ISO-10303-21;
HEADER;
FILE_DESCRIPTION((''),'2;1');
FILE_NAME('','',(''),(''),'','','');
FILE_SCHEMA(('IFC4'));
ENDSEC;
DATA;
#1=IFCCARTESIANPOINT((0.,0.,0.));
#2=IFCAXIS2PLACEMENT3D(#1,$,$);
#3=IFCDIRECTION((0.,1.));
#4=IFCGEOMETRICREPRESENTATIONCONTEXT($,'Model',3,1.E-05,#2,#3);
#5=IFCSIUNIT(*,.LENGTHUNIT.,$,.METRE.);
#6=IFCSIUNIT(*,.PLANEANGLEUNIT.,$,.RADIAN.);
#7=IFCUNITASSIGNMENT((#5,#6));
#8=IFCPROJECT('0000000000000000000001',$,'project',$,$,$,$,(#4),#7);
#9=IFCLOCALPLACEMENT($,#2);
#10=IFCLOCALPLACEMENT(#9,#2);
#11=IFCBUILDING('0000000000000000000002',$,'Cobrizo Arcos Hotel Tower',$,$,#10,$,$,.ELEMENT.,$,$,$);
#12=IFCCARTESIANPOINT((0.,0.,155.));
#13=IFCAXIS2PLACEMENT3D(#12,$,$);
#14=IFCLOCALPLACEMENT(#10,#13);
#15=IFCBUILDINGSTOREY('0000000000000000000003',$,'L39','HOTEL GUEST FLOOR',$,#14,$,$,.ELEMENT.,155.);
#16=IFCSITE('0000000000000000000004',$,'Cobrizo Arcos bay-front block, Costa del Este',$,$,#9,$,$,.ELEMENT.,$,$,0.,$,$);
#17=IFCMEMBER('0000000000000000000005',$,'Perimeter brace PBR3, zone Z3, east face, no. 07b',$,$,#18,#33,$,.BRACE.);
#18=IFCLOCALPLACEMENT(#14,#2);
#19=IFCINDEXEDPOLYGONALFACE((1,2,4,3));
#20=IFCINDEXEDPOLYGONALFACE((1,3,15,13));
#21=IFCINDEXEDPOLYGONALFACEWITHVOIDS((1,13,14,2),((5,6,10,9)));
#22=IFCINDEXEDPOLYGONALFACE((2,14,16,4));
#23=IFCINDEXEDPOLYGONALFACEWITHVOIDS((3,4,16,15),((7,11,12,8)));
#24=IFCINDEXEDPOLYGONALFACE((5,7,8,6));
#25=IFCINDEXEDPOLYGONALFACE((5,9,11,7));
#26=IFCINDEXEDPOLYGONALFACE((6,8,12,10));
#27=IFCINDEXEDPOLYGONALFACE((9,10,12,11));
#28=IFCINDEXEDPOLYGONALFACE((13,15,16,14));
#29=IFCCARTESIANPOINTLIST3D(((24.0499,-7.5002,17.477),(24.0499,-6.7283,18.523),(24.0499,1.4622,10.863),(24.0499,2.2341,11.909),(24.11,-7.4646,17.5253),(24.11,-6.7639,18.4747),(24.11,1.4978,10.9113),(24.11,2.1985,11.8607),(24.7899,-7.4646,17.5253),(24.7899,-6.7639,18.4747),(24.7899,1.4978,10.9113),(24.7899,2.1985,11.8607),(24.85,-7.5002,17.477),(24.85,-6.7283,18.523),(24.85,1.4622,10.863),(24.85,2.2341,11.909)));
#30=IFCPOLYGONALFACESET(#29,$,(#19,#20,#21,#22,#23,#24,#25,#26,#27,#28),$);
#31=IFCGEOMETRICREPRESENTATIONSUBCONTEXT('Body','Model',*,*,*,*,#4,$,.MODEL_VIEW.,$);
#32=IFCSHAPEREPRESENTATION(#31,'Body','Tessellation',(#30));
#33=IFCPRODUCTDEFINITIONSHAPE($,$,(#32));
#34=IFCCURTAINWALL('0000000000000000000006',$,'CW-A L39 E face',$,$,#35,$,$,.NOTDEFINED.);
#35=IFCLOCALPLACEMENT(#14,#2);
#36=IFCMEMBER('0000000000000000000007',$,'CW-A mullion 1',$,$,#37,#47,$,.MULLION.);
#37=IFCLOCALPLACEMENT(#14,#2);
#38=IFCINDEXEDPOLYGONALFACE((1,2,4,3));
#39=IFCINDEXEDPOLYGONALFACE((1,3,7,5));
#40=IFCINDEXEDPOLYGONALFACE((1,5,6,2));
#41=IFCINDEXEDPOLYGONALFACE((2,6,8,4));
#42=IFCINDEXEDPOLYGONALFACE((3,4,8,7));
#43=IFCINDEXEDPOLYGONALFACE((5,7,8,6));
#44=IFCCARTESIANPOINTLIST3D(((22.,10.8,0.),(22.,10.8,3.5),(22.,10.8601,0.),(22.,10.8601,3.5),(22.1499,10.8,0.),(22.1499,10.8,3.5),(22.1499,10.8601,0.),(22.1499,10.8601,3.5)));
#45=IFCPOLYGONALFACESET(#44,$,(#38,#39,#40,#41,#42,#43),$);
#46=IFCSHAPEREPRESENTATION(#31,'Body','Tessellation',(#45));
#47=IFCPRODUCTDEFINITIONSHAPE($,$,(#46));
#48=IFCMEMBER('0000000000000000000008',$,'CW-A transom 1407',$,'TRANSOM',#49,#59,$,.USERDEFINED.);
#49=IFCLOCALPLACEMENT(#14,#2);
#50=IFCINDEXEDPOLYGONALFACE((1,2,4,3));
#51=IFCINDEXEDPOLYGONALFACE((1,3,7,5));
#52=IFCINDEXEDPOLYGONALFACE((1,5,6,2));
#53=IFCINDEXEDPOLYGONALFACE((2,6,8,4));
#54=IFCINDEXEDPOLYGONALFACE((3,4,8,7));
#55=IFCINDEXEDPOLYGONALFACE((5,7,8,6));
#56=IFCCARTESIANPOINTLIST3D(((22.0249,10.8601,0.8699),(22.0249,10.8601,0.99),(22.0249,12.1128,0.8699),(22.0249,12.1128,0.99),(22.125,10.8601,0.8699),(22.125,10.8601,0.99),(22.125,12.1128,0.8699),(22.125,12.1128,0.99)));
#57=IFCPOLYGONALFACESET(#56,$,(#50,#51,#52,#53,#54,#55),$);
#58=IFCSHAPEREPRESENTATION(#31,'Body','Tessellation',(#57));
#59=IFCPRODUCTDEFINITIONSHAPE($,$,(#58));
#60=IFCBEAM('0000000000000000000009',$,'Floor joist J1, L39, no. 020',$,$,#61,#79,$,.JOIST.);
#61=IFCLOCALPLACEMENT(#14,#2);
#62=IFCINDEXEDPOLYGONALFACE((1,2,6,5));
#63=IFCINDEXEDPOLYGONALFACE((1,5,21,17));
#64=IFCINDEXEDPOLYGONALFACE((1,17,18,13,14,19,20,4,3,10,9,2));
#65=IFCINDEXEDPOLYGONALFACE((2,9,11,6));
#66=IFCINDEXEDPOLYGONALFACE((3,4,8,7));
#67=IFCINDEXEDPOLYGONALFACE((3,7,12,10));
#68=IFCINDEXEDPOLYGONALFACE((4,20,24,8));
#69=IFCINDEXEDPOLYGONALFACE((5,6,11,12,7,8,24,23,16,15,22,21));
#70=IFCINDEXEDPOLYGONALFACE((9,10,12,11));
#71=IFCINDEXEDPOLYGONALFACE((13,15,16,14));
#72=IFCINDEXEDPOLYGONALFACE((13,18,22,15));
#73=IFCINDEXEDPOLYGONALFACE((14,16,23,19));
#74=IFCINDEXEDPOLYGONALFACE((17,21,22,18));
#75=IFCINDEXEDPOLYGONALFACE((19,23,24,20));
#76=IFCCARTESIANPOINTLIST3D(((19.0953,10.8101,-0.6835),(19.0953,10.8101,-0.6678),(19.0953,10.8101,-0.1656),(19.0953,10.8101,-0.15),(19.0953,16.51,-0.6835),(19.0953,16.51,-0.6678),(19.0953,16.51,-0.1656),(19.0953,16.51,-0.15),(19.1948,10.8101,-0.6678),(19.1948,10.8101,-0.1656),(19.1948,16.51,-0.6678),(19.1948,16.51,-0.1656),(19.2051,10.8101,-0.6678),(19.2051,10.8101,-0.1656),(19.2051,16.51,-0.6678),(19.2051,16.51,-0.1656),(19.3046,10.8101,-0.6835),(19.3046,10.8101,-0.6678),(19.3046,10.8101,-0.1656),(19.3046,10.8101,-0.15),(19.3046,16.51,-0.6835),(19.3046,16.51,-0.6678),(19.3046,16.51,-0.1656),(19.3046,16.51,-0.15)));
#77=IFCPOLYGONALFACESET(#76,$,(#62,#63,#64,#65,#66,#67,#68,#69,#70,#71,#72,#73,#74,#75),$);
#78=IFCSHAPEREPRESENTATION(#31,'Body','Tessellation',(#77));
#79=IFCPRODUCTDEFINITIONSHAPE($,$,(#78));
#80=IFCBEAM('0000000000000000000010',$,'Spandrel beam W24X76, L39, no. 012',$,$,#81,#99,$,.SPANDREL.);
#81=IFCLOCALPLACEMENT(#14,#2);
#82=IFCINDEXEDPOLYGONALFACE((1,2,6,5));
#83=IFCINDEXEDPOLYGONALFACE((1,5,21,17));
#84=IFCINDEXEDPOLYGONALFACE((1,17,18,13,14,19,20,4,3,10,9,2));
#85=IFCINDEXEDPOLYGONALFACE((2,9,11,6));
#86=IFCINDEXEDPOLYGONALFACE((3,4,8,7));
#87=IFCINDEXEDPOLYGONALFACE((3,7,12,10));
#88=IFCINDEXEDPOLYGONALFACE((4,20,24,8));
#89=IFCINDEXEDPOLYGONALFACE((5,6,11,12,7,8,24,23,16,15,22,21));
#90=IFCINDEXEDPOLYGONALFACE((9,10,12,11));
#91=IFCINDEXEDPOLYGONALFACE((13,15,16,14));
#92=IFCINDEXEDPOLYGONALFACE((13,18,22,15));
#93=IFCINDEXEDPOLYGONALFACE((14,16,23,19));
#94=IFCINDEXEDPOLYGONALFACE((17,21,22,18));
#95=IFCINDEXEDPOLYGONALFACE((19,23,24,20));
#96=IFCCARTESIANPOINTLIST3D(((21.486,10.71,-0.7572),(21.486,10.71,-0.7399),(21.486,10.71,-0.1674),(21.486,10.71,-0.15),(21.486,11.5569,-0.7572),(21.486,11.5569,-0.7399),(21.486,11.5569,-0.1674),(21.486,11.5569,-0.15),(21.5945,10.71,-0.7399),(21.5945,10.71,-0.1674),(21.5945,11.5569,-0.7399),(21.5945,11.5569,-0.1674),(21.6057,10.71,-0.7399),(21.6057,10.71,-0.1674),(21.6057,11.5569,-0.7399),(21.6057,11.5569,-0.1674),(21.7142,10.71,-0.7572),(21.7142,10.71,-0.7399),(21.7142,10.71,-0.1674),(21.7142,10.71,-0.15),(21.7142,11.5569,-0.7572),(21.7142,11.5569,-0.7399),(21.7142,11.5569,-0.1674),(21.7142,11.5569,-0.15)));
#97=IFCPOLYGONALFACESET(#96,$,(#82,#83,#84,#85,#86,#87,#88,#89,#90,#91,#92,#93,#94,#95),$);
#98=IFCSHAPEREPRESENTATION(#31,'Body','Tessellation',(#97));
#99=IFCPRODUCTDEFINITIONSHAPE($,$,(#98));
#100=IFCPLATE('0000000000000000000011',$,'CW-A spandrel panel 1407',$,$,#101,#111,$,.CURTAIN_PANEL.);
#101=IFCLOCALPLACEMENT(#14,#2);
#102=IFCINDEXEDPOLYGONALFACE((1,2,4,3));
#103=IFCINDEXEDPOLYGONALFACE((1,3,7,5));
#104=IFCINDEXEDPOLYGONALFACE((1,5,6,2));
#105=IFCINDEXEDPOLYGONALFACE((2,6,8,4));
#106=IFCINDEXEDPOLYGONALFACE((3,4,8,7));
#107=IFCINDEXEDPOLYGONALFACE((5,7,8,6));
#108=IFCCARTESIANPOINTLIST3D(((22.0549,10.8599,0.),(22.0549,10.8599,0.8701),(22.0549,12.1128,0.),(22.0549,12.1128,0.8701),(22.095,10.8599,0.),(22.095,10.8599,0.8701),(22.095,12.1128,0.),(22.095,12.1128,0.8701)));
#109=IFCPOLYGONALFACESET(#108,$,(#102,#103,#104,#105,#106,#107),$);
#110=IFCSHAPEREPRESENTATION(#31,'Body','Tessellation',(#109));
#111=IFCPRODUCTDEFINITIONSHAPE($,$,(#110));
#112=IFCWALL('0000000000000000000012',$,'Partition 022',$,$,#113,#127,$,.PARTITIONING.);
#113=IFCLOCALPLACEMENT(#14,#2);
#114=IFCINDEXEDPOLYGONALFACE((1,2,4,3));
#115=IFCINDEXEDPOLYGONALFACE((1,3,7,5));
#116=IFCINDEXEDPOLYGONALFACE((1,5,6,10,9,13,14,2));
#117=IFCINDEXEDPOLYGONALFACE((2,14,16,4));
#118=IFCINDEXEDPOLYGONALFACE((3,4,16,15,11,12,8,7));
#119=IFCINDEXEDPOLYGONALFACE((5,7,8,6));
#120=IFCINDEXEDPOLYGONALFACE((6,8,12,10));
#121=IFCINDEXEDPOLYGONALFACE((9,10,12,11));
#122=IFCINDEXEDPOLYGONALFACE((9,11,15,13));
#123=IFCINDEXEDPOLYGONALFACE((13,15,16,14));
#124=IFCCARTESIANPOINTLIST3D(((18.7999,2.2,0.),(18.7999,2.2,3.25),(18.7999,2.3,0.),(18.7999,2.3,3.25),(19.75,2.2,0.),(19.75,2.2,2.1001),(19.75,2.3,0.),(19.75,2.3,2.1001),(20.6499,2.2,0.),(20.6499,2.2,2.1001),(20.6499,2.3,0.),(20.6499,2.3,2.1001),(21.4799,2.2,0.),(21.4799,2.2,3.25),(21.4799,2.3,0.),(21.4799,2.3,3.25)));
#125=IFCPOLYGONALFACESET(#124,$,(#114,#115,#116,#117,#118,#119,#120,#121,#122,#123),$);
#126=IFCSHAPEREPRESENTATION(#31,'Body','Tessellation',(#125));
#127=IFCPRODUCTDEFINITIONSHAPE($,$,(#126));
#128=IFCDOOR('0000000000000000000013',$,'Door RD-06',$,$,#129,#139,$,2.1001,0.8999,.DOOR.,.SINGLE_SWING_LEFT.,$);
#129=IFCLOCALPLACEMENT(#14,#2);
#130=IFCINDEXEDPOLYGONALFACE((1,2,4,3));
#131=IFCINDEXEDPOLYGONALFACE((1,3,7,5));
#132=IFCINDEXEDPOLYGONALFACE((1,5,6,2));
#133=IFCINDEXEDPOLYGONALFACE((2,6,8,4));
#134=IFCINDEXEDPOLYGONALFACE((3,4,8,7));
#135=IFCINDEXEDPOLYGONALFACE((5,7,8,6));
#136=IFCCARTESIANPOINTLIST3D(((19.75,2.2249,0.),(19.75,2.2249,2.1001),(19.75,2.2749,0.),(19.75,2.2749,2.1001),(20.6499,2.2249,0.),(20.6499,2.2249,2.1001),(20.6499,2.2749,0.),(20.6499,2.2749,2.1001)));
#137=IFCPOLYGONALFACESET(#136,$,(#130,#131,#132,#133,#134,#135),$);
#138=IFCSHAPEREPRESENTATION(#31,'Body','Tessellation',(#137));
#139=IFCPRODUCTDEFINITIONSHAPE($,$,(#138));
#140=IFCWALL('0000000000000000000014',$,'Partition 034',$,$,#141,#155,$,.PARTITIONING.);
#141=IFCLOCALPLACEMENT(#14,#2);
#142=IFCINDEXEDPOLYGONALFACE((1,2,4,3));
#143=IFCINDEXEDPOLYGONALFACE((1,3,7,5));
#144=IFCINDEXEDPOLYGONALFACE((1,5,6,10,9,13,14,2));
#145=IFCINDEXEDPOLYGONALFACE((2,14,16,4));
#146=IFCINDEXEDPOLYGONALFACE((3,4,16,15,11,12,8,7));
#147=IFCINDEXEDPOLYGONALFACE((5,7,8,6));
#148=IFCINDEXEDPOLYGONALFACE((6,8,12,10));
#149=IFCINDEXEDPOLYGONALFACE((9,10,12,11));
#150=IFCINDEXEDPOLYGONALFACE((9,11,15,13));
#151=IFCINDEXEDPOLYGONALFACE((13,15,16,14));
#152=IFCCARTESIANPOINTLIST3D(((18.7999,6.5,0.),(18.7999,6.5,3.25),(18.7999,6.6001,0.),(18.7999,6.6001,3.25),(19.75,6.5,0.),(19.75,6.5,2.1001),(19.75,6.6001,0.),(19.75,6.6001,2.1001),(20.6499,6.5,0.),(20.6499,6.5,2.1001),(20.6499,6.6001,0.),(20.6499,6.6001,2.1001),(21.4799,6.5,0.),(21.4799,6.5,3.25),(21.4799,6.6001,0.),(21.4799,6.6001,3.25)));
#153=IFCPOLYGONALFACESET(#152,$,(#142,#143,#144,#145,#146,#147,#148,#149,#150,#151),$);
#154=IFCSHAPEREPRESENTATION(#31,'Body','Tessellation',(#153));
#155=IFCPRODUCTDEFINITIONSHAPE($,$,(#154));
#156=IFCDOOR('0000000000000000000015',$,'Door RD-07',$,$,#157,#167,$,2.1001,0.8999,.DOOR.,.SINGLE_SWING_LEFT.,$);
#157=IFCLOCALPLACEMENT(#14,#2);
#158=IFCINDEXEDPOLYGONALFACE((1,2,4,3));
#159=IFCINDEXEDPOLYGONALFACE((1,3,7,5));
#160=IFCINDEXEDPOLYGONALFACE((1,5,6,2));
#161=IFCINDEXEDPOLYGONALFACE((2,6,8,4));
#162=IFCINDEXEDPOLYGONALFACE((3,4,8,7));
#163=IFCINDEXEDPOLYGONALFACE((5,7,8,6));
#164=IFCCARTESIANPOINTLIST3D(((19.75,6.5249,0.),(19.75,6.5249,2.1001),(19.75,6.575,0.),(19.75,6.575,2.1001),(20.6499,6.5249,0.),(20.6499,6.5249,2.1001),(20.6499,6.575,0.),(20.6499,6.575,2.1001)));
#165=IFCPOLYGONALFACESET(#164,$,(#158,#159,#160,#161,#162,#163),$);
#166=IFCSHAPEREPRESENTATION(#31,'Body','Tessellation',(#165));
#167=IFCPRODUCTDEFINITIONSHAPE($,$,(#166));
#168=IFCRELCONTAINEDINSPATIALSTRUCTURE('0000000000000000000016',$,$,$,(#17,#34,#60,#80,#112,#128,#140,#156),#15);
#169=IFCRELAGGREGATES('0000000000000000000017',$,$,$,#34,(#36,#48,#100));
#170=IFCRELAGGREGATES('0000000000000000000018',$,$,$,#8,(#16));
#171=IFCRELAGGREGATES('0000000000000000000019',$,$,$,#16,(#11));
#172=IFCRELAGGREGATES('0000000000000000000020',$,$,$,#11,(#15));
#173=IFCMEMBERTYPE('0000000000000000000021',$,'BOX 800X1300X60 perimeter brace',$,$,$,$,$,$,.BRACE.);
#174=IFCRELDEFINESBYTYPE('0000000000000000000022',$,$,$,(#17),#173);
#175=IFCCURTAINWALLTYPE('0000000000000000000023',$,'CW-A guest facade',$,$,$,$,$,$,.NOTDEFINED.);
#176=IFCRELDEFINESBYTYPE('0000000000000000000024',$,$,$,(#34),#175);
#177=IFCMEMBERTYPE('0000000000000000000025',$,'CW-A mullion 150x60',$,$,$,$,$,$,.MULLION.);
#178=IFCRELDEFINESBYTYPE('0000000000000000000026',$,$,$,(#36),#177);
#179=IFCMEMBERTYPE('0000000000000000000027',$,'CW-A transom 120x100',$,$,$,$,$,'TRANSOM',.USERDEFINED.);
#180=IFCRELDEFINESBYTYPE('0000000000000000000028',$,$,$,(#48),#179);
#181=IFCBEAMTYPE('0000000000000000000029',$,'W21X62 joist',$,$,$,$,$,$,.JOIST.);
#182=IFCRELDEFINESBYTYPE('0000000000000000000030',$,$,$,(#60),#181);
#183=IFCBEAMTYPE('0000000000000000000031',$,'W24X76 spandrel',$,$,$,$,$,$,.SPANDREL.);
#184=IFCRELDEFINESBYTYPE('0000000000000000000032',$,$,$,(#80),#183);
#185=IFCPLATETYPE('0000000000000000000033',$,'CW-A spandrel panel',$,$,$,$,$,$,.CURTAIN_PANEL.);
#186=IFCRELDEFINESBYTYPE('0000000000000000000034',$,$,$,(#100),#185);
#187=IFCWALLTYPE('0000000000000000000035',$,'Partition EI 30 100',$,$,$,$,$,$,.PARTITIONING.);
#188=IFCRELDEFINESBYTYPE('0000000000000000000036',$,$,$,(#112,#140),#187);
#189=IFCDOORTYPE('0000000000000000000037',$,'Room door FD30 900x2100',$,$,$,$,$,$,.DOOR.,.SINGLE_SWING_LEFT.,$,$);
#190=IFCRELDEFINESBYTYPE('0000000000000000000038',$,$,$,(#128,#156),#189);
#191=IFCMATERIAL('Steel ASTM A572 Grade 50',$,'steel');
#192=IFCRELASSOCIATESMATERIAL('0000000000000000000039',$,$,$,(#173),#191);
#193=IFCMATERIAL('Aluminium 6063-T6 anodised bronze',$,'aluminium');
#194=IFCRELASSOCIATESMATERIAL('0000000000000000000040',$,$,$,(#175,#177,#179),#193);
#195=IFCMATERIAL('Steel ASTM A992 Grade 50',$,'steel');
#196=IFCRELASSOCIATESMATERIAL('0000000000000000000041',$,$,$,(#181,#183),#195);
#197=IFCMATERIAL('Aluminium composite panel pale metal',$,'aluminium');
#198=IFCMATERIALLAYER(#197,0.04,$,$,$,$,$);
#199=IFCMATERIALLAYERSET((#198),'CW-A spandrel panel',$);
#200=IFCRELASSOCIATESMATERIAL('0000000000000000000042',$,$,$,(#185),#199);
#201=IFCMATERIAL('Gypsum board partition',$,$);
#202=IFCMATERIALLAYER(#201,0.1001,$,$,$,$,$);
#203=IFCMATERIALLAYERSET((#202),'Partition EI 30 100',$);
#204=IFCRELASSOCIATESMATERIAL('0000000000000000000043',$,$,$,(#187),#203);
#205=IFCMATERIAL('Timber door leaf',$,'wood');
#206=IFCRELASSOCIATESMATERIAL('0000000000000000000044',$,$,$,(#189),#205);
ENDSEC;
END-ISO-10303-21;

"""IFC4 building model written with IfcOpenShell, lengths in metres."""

from ifc_helpers import new_model, si_unit, direction, frame, frame_2d, origin, origin_2d, place, context, subcontext, project, spatial, rectangle, hollow_rectangle, i_section, extrude, material, layer, layer_set, material_profile, profile_set, type_object, element, fill, aggregate, save


model = new_model("IFC4")

# Units and contexts
model_context = context("Model", 3, precision=1e-05, world=origin(), true_north=direction((0.0, 1.0)))
body_context = subcontext(model_context, "Body", "Model", "MODEL_VIEW")
ifc_project = project(units=[si_unit("LENGTHUNIT", "METRE"), si_unit("PLANEANGLEUNIT", "RADIAN")], contexts=[model_context])

# Site, building, storey
site_placement = place(None, origin())
site = spatial("IfcSite", under=ifc_project, at=site_placement, Name="Cobrizo Arcos bay-front block, Costa del Este", CompositionType="ELEMENT", RefElevation=0.0)
building_placement = place(site_placement, origin())
building = spatial("IfcBuilding", under=site, at=building_placement, Name="Cobrizo Arcos Hotel Tower", CompositionType="ELEMENT")
storey_placement = place(building_placement, frame((0.0, 0.0, 155.0)))
storey = spatial("IfcBuildingStorey", under=building, at=storey_placement, Name="L39", Description="HOTEL GUEST FLOOR", CompositionType="ELEMENT", Elevation=155.0)

# Member
ifc_material_1 = material(Name="Steel ASTM A572 Grade 50", Category="steel")
ifc_material_profile_1 = material_profile(ifc_material_1, hollow_rectangle(XDim=0.8, YDim=1.3, WallThickness=0.0601, at=origin_2d()), Name="BOX 800X1300X60")
ifc_profile_set_1 = profile_set([ifc_material_profile_1], Name="Steel ASTM A572 Grade 50")
member_type_1 = type_object("IfcMemberType", Name="BOX 800X1300X60 perimeter brace", PredefinedType="BRACE", material=ifc_profile_set_1)
member_1_placement = place(storey_placement, frame((24.45, 1.8481, 11.386), z_axis=(0.0, -0.804621, 0.593789), x_axis=(1.0, 0.0, 0.0)))
element("IfcMember", 1, at=member_1_placement, inside=storey, type_object=member_type_1, Name="Perimeter brace PBR3, zone Z3, east face, no. 07b", PredefinedType="BRACE", context=body_context, shape_type="SweptSolid", body=[
    extrude(hollow_rectangle(XDim=0.8, YDim=1.3, WallThickness=0.0601, at=origin_2d()), origin(), (0.0, 0.0, 1.0), 11.1387),
])

# Curtain wall, members
ifc_material_2 = material(Name="Aluminium 6063-T6 anodised bronze", Category="aluminium")
curtain_wall_type = type_object("IfcCurtainWallType", Name="CW-A guest facade", PredefinedType="NOTDEFINED", material=ifc_material_2)
curtain_wall_placement = place(storey_placement, origin())
curtain_wall = element("IfcCurtainWall", 2, at=curtain_wall_placement, inside=storey, type_object=curtain_wall_type, Name="CW-A L39 E face", PredefinedType="NOTDEFINED")
ifc_material_profile_2 = material_profile(ifc_material_2, rectangle(XDim=0.1499, YDim=0.0601, at=origin_2d()), Name="CW-A mullion 150x60")
ifc_profile_set_2 = profile_set([ifc_material_profile_2], Name="Aluminium 6063-T6 anodised bronze")
member_type_2 = type_object("IfcMemberType", Name="CW-A mullion 150x60", PredefinedType="MULLION", material=ifc_profile_set_2)
member_2_placement = place(storey_placement, frame((22.075, 10.8301, 0.0), z_axis=(0.0, 0.0, 1.0), x_axis=(1.0, 0.0, 0.0)))
member_2 = element("IfcMember", 3, at=member_2_placement, type_object=member_type_2, Name="CW-A mullion 1", PredefinedType="MULLION", context=body_context, shape_type="SweptSolid", body=[
    extrude(rectangle(XDim=0.1499, YDim=0.0601, at=origin_2d()), origin(), (0.0, 0.0, 1.0), 3.5),
])
ifc_material_profile_3 = material_profile(ifc_material_2, rectangle(XDim=0.1001, YDim=0.1201, at=origin_2d()), Name="CW-A transom 120x100")
ifc_profile_set_3 = profile_set([ifc_material_profile_3], Name="Aluminium 6063-T6 anodised bronze")
member_type_3 = type_object("IfcMemberType", Name="CW-A transom 120x100", ElementType="TRANSOM", PredefinedType="USERDEFINED", material=ifc_profile_set_3)
member_3_placement = place(storey_placement, frame((22.075, 10.8601, 0.9299), z_axis=(0.0, 1.0, 0.0), x_axis=(-1.0, 0.0, 0.0)))
member_3 = element("IfcMember", 4, at=member_3_placement, type_object=member_type_3, Name="CW-A transom 1407", ObjectType="TRANSOM", PredefinedType="USERDEFINED", context=body_context, shape_type="SweptSolid", body=[
    extrude(rectangle(XDim=0.1001, YDim=0.1201, at=origin_2d()), origin(), (0.0, 0.0, 1.0), 1.2527),
])

# Beams
ifc_material_3 = material(Name="Steel ASTM A992 Grade 50", Category="steel")
ifc_material_profile_4 = material_profile(ifc_material_3, i_section(OverallWidth=0.2092, OverallDepth=0.5334, WebThickness=0.0103, FlangeThickness=0.0156, at=origin_2d()), Name="W21X62")
ifc_profile_set_4 = profile_set([ifc_material_profile_4], Name="Steel ASTM A992 Grade 50")
beam_type_1 = type_object("IfcBeamType", Name="W21X62 joist", PredefinedType="JOIST", material=ifc_profile_set_4)
beam_1_placement = place(storey_placement, frame((19.2, 10.8101, -0.4167), z_axis=(0.0, 1.0, 0.0), x_axis=(-1.0, 0.0, 0.0)))
element("IfcBeam", 5, at=beam_1_placement, inside=storey, type_object=beam_type_1, Name="Floor joist J1, L39, no. 020", PredefinedType="JOIST", context=body_context, shape_type="SweptSolid", body=[
    extrude(i_section(OverallWidth=0.2092, OverallDepth=0.5334, WebThickness=0.0103, FlangeThickness=0.0156, at=origin_2d()), origin(), (0.0, 0.0, 1.0), 5.7),
])
ifc_material_profile_5 = material_profile(ifc_material_3, i_section(OverallWidth=0.2283, OverallDepth=0.6072, WebThickness=0.0112, FlangeThickness=0.0173, at=origin_2d()), Name="W24X76")
ifc_profile_set_5 = profile_set([ifc_material_profile_5], Name="Steel ASTM A992 Grade 50")
beam_type_2 = type_object("IfcBeamType", Name="W24X76 spandrel", PredefinedType="SPANDREL", material=ifc_profile_set_5)
beam_2_placement = place(storey_placement, frame((21.6001, 10.71, -0.4536), z_axis=(0.0, 1.0, 0.0), x_axis=(-1.0, 0.0, 0.0)))
element("IfcBeam", 6, at=beam_2_placement, inside=storey, type_object=beam_type_2, Name="Spandrel beam W24X76, L39, no. 012", PredefinedType="SPANDREL", context=body_context, shape_type="SweptSolid", body=[
    extrude(i_section(OverallWidth=0.2283, OverallDepth=0.6072, WebThickness=0.0112, FlangeThickness=0.0173, at=origin_2d()), origin(), (0.0, 0.0, 1.0), 0.8469),
])

# Plate
ifc_material_4 = material(Name="Aluminium composite panel pale metal", Category="aluminium")
ifc_layer_1 = layer(ifc_material_4, 0.04)
ifc_layer_set_1 = layer_set([ifc_layer_1], Name="CW-A spandrel panel")
plate_type = type_object("IfcPlateType", Name="CW-A spandrel panel", PredefinedType="CURTAIN_PANEL", material=ifc_layer_set_1)
plate_placement = place(storey_placement, frame((22.075, 11.4863, 0.0), z_axis=(0.0, 0.0, 1.0), x_axis=(0.0, 1.0, 0.0)))
plate = element("IfcPlate", 7, at=plate_placement, type_object=plate_type, Name="CW-A spandrel panel 1407", PredefinedType="CURTAIN_PANEL", context=body_context, shape_type="SweptSolid", body=[
    extrude(rectangle(XDim=1.2529, YDim=0.04, at=origin_2d()), origin(), (0.0, 0.0, 1.0), 0.8701),
])
aggregate(curtain_wall, [member_2, member_3, plate])

# Walls, openings, doors
ifc_material_5 = material(Name="Gypsum board partition")
ifc_layer_2 = layer(ifc_material_5, 0.1001)
ifc_layer_set_2 = layer_set([ifc_layer_2], Name="Partition EI 30 100")
wall_type_1 = type_object("IfcWallType", Name="Partition EI 30 100", PredefinedType="PARTITIONING", material=ifc_layer_set_2)
wall_1_placement = place(storey_placement, frame((18.8, 2.25, 0.0), z_axis=(0.0, 0.0, 1.0), x_axis=(1.0, 0.0, 0.0)))
wall_1 = element("IfcWall", 8, at=wall_1_placement, inside=storey, type_object=wall_type_1, Name="Partition 022", PredefinedType="PARTITIONING", context=body_context, shape_type="SweptSolid", body=[
    extrude(rectangle(XDim=2.6799, YDim=0.1001, at=frame_2d((1.3398, 0.0))), origin(), (0.0, 0.0, 1.0), 3.25),
])
opening_1_placement = place(wall_1_placement, frame((0.95, 0.0, 0.0)))
opening_1 = element("IfcOpeningElement", 9, at=opening_1_placement, cuts=wall_1, PredefinedType="OPENING", context=body_context, shape_type="SweptSolid", body=[
    extrude(rectangle(XDim=0.8999, YDim=2.1001, at=frame_2d((0.45, 1.05))), frame((0.0, 0.062, 0.0), z_axis=(0.0, -1.0, 0.0), x_axis=(1.0, 0.0, 0.0)), (0.0, 0.0, 1.0), 0.124),
])
ifc_material_6 = material(Name="Timber door leaf", Category="wood")
door_type = type_object("IfcDoorType", Name="Room door FD30 900x2100", OperationType="SINGLE_SWING_LEFT", PredefinedType="DOOR", material=ifc_material_6)
door_1_placement = place(opening_1_placement, origin())
door_1 = element("IfcDoor", 10, at=door_1_placement, inside=storey, type_object=door_type, Name="Door RD-06", OperationType="SINGLE_SWING_LEFT", OverallHeight=2.1001, OverallWidth=0.8999, PredefinedType="DOOR", context=body_context, shape_type="SweptSolid", body=[
    extrude(rectangle(XDim=0.8999, YDim=2.1001, at=frame_2d((0.45, 1.05))), frame((0.0, 0.0249, 0.0), z_axis=(0.0, -1.0, 0.0), x_axis=(1.0, 0.0, 0.0)), (0.0, 0.0, 1.0), 0.05),
])
fill(opening_1, door_1)
wall_2_placement = place(storey_placement, frame((18.8, 6.55, 0.0), z_axis=(0.0, 0.0, 1.0), x_axis=(1.0, 0.0, 0.0)))
wall_2 = element("IfcWall", 11, at=wall_2_placement, inside=storey, type_object=wall_type_1, Name="Partition 034", PredefinedType="PARTITIONING", context=body_context, shape_type="SweptSolid", body=[
    extrude(rectangle(XDim=2.6799, YDim=0.1001, at=frame_2d((1.3398, 0.0))), origin(), (0.0, 0.0, 1.0), 3.25),
])
opening_2_placement = place(wall_2_placement, frame((0.95, 0.0, 0.0)))
opening_2 = element("IfcOpeningElement", 12, at=opening_2_placement, cuts=wall_2, PredefinedType="OPENING", context=body_context, shape_type="SweptSolid", body=[
    extrude(rectangle(XDim=0.8999, YDim=2.1001, at=frame_2d((0.45, 1.05))), frame((0.0, 0.062, 0.0), z_axis=(0.0, -1.0, 0.0), x_axis=(1.0, 0.0, 0.0)), (0.0, 0.0, 1.0), 0.124),
])
door_2_placement = place(opening_2_placement, origin())
door_2 = element("IfcDoor", 13, at=door_2_placement, inside=storey, type_object=door_type, Name="Door RD-07", OperationType="SINGLE_SWING_LEFT", OverallHeight=2.1001, OverallWidth=0.8999, PredefinedType="DOOR", context=body_context, shape_type="SweptSolid", body=[
    extrude(rectangle(XDim=0.8999, YDim=2.1001, at=frame_2d((0.45, 1.05))), frame((0.0, 0.0249, 0.0), z_axis=(0.0, -1.0, 0.0), x_axis=(1.0, 0.0, 0.0)), (0.0, 0.0, 1.0), 0.05),
])
fill(opening_2, door_2)

save(model, "model.ifc")
